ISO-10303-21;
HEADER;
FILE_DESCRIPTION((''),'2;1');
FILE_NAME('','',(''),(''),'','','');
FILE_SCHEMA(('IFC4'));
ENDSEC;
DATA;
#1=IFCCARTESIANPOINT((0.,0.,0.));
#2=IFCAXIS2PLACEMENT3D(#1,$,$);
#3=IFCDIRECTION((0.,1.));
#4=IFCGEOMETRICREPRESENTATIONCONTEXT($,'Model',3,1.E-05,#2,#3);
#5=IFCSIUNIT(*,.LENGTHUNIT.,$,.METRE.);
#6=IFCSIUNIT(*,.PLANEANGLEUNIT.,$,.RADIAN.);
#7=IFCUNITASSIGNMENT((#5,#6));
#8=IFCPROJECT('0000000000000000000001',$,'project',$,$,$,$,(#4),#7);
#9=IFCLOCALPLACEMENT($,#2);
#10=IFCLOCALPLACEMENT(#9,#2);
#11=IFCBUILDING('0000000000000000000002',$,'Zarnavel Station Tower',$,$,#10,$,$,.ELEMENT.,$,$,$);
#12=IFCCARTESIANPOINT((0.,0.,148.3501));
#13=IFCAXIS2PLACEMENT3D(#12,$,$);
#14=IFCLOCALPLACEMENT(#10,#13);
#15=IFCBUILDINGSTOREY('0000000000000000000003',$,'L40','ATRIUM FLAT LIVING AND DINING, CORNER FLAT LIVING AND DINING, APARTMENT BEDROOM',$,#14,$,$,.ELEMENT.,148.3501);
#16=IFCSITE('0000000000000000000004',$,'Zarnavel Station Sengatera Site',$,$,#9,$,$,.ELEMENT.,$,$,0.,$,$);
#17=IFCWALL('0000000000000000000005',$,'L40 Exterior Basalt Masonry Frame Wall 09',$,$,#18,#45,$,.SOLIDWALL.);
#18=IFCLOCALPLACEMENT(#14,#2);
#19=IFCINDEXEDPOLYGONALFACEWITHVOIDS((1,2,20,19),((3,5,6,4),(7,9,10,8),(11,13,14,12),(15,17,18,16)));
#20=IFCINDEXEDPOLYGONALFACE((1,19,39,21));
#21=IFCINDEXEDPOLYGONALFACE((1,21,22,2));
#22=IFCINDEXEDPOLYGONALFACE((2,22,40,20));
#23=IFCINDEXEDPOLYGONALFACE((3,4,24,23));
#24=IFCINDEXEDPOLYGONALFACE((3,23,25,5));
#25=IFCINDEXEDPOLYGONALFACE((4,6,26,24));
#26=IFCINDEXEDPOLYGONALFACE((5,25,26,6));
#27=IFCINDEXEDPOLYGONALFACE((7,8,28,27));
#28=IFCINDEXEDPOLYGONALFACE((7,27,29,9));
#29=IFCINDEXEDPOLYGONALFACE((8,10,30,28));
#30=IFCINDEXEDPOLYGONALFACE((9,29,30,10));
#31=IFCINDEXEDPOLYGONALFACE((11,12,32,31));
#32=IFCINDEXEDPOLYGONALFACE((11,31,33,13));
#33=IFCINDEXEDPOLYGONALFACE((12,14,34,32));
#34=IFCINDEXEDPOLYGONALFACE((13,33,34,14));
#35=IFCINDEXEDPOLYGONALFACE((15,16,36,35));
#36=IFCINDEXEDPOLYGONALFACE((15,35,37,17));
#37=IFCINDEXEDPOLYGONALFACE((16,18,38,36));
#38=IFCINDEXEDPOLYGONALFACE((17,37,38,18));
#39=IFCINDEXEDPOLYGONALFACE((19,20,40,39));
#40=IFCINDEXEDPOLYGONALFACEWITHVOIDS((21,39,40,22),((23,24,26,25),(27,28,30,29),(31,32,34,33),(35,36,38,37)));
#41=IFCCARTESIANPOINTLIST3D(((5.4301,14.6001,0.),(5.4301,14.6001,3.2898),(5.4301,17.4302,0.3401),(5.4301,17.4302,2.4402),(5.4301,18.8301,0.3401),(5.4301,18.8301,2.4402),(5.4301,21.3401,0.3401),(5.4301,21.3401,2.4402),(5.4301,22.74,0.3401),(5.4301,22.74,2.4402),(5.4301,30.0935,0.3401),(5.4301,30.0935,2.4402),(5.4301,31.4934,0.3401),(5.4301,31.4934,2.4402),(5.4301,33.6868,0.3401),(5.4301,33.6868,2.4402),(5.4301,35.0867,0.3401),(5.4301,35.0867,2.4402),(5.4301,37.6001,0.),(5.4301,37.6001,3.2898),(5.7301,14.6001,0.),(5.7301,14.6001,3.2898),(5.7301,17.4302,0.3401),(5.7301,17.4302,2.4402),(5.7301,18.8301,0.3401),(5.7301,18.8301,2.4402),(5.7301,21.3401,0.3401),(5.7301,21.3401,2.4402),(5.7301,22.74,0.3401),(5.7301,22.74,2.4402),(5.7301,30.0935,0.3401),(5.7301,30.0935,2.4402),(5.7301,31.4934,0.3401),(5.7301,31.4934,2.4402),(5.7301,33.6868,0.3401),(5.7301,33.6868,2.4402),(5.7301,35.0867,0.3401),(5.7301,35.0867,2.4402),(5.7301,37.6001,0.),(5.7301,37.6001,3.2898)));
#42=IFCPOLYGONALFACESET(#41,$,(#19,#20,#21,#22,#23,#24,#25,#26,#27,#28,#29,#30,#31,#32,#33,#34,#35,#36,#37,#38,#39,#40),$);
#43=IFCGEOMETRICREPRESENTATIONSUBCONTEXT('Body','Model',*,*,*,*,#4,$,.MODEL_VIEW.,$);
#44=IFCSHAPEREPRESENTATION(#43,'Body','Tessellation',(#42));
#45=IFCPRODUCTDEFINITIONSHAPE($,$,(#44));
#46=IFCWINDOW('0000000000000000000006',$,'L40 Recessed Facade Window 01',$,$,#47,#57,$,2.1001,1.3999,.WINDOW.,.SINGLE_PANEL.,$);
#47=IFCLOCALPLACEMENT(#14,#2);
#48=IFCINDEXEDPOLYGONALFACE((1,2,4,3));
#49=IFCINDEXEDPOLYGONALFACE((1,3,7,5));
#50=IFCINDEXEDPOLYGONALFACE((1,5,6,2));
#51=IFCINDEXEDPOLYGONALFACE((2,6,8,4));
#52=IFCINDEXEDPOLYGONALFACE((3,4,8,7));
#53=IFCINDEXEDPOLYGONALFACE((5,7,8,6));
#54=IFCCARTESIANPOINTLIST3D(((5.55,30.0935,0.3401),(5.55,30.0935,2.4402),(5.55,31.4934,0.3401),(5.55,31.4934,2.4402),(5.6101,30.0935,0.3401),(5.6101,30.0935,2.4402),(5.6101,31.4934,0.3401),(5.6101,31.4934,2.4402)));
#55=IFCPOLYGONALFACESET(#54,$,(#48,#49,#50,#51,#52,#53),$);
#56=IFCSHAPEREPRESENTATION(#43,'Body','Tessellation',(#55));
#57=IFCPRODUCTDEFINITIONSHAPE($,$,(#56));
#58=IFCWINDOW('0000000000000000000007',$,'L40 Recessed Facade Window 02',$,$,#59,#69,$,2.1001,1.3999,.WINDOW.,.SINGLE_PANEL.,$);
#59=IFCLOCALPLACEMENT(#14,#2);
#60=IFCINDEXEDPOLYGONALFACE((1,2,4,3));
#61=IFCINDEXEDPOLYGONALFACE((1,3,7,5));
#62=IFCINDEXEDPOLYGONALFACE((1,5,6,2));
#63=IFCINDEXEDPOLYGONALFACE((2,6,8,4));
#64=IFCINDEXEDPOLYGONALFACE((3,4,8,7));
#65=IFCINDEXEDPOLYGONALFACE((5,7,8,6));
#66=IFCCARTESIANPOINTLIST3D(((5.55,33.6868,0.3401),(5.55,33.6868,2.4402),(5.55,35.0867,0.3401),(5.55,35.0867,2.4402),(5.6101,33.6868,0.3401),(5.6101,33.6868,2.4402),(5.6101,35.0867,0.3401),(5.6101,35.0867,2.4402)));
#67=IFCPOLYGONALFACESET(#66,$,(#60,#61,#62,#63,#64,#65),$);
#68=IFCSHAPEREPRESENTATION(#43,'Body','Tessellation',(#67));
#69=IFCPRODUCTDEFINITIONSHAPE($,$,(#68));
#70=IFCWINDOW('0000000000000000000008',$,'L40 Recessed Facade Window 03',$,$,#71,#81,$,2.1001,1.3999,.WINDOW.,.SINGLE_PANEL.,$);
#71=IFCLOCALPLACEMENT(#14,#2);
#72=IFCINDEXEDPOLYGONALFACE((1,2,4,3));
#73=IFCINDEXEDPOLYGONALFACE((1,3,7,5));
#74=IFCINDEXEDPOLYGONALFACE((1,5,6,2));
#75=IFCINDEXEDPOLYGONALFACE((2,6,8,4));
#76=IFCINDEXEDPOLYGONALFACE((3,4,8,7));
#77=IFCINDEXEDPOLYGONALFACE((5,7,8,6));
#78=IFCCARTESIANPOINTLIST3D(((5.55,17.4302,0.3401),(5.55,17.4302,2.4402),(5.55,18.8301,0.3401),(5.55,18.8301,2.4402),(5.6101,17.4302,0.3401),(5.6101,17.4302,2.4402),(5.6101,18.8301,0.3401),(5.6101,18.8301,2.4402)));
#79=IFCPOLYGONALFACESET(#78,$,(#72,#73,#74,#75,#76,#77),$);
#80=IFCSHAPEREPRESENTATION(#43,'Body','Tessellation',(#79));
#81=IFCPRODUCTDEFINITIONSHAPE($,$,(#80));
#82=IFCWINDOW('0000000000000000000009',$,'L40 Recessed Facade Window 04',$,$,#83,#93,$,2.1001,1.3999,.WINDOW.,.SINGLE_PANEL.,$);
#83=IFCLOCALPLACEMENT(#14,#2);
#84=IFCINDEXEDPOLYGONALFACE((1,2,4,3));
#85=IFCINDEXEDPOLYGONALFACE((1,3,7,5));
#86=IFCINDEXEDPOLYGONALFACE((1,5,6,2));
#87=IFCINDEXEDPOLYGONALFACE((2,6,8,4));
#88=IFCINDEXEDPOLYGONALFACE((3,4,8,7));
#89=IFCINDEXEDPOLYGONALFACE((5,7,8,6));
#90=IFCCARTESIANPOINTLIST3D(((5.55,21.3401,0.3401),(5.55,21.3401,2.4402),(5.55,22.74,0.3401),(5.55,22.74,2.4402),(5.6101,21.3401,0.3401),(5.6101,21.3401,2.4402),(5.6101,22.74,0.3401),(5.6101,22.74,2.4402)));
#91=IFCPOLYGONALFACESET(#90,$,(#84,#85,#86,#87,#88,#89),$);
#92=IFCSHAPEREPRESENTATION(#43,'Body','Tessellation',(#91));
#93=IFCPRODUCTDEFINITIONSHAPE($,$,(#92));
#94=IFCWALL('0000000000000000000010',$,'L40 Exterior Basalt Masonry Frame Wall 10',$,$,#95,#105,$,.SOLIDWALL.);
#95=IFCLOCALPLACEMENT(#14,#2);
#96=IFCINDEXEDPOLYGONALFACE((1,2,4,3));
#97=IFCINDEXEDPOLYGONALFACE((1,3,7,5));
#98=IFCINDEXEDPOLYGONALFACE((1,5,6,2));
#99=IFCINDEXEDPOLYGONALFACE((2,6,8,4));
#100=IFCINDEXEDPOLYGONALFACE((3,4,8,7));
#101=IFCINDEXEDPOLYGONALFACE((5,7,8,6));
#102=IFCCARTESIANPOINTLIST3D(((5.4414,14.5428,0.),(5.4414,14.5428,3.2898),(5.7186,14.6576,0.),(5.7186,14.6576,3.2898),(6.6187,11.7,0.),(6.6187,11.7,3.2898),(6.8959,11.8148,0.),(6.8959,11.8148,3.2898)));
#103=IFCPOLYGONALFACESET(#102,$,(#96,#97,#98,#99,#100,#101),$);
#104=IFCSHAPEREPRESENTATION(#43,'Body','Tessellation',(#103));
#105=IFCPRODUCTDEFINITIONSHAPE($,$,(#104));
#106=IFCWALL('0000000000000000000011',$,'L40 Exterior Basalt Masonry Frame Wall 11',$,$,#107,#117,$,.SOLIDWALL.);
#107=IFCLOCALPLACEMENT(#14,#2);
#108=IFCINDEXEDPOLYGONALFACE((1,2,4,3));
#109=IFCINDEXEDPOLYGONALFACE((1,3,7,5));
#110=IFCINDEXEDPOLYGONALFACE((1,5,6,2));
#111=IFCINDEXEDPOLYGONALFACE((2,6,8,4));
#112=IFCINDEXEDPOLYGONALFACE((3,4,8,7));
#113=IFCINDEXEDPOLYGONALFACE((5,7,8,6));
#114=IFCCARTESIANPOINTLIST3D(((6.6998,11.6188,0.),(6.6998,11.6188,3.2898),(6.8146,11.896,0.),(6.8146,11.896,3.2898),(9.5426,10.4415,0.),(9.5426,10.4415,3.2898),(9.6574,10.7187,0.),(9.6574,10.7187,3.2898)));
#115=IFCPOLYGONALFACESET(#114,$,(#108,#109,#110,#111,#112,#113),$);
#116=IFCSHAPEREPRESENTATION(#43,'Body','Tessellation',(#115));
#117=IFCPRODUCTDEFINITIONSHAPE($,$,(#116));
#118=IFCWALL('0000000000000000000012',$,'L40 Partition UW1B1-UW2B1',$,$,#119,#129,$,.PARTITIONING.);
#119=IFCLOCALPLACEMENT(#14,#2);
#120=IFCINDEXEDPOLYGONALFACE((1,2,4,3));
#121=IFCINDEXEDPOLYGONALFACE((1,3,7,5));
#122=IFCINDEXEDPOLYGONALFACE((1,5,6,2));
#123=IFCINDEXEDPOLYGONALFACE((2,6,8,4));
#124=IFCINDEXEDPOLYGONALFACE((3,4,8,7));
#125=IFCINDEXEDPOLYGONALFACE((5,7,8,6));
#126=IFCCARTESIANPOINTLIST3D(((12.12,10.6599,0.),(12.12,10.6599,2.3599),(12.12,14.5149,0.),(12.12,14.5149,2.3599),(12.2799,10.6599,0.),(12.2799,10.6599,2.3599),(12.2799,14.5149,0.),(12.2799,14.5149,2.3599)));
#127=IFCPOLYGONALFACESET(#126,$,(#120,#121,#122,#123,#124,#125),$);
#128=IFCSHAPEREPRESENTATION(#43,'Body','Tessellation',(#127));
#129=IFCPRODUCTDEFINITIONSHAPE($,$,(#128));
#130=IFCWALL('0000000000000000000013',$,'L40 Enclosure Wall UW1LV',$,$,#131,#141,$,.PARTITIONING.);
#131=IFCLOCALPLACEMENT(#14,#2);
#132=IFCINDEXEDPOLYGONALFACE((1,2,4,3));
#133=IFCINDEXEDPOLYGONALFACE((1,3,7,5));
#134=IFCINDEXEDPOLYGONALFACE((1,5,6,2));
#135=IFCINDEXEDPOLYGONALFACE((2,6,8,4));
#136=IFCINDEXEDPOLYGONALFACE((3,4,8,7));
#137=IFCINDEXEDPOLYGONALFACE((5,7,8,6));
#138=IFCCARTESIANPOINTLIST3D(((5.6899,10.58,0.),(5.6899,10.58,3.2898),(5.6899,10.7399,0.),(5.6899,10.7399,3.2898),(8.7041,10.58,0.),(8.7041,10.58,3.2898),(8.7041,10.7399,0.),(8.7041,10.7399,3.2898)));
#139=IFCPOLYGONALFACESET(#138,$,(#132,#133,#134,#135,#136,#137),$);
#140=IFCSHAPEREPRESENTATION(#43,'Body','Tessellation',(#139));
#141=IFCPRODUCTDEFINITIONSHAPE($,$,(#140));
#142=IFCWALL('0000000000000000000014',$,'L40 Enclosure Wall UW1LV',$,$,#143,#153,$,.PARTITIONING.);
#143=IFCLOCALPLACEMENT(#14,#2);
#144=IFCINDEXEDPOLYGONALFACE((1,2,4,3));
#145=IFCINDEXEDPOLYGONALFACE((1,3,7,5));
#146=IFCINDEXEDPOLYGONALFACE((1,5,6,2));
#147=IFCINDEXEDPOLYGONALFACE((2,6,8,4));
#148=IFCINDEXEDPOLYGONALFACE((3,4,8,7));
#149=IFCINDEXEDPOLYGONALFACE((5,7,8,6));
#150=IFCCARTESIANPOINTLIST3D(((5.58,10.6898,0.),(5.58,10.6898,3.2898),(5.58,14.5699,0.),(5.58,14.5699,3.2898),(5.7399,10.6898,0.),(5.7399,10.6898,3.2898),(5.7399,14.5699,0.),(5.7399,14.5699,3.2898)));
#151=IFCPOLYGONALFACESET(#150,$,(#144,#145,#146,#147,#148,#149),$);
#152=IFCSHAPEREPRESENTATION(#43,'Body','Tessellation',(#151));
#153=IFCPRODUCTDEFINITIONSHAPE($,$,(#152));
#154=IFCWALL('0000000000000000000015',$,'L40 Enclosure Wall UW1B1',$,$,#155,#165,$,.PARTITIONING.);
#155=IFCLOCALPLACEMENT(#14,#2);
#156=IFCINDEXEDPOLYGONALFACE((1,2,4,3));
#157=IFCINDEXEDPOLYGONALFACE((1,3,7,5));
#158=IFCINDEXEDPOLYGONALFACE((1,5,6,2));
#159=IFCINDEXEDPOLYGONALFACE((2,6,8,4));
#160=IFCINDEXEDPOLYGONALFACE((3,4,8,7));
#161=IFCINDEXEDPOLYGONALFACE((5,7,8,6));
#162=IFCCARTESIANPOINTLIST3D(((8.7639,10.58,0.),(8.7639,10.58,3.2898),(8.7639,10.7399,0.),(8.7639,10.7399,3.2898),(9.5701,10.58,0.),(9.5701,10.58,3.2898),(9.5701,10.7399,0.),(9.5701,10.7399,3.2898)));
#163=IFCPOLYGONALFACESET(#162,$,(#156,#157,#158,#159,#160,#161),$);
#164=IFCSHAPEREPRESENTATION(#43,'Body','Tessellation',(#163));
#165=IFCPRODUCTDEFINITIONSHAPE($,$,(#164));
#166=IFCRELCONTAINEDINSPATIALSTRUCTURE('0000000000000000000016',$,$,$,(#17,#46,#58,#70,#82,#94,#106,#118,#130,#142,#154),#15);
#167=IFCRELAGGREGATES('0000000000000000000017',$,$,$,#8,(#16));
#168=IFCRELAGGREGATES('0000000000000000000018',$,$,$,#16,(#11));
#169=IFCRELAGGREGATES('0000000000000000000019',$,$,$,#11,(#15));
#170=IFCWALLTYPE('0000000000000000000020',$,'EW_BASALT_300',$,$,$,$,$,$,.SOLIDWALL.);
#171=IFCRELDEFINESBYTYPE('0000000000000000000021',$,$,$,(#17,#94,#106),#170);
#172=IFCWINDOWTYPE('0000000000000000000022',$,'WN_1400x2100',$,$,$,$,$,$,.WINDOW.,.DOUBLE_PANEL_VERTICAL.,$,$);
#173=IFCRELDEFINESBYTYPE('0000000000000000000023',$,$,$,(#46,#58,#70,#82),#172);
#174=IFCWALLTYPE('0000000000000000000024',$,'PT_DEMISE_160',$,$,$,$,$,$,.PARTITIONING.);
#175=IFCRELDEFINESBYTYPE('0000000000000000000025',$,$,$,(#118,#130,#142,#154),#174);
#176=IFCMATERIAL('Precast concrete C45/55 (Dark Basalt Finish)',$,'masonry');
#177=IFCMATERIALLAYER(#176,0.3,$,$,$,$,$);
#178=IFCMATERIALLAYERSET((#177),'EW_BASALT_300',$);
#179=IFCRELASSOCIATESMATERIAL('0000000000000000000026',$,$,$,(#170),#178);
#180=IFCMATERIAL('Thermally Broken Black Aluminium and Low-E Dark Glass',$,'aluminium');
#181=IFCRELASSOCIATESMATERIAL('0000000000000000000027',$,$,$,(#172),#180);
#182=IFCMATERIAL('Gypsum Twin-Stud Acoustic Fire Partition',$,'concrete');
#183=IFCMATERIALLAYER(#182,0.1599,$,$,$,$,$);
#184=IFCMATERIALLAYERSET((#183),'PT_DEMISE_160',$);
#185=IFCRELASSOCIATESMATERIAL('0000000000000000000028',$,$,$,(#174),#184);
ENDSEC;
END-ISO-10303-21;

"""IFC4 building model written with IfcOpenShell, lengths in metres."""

from ifc_helpers import new_model, si_unit, direction, frame, frame_2d, origin, place, context, subcontext, project, spatial, rectangle, extrude, material, layer, layer_set, type_object, element, fill, save


model = new_model("IFC4")

# Units and contexts
model_context = context("Model", 3, precision=1e-05, world=origin(), true_north=direction((0.0, 1.0)))
body_context = subcontext(model_context, "Body", "Model", "MODEL_VIEW")
ifc_project = project(units=[si_unit("LENGTHUNIT", "METRE"), si_unit("PLANEANGLEUNIT", "RADIAN")], contexts=[model_context])

# Site, building, storey
site_placement = place(None, origin())
site = spatial("IfcSite", under=ifc_project, at=site_placement, Name="Zarnavel Station Sengatera Site", CompositionType="ELEMENT", RefElevation=0.0)
building_placement = place(site_placement, origin())
building = spatial("IfcBuilding", under=site, at=building_placement, Name="Zarnavel Station Tower", CompositionType="ELEMENT")
storey_placement = place(building_placement, frame((0.0, 0.0, 148.3501)))
storey = spatial("IfcBuildingStorey", under=building, at=storey_placement, Name="L40", Description="ATRIUM FLAT LIVING AND DINING, CORNER FLAT LIVING AND DINING, APARTMENT BEDROOM", CompositionType="ELEMENT", Elevation=148.3501)

# Wall, openings, windows
ifc_material_1 = material(Name="Precast concrete C45/55 (Dark Basalt Finish)", Category="masonry")
ifc_layer_1 = layer(ifc_material_1, 0.3)
ifc_layer_set_1 = layer_set([ifc_layer_1], Name="EW_BASALT_300")
wall_type_1 = type_object("IfcWallType", Name="EW_BASALT_300", PredefinedType="SOLIDWALL", material=ifc_layer_set_1)
wall_1_placement = place(storey_placement, frame((5.5801, 14.6001, 0.0), z_axis=(0.0, 0.0, 1.0), x_axis=(0.0, 1.0, 0.0)))
wall_1 = element("IfcWall", 1, at=wall_1_placement, inside=storey, type_object=wall_type_1, Name="L40 Exterior Basalt Masonry Frame Wall 09", PredefinedType="SOLIDWALL", context=body_context, shape_type="SweptSolid", body=[
    extrude(rectangle(XDim=23.0, YDim=0.3, at=frame_2d((11.5, 0.0))), origin(), (0.0, 0.0, 1.0), 3.2898),
])
opening_1_placement = place(wall_1_placement, frame((15.4934, 0.0, 0.3401)))
opening_1 = element("IfcOpeningElement", 2, at=opening_1_placement, cuts=wall_1, PredefinedType="OPENING", context=body_context, shape_type="SweptSolid", body=[
    extrude(rectangle(XDim=1.3999, YDim=2.1001, at=frame_2d((0.7, 1.05))), frame((0.0, 0.1599, 0.0), z_axis=(0.0, -1.0, 0.0), x_axis=(1.0, 0.0, 0.0)), (0.0, 0.0, 1.0), 0.3201),
])
opening_2_placement = place(wall_1_placement, frame((19.0867, 0.0, 0.3401)))
opening_2 = element("IfcOpeningElement", 3, at=opening_2_placement, cuts=wall_1, PredefinedType="OPENING", context=body_context, shape_type="SweptSolid", body=[
    extrude(rectangle(XDim=1.3999, YDim=2.1001, at=frame_2d((0.7, 1.05))), frame((0.0, 0.1599, 0.0), z_axis=(0.0, -1.0, 0.0), x_axis=(1.0, 0.0, 0.0)), (0.0, 0.0, 1.0), 0.3201),
])
opening_3_placement = place(wall_1_placement, frame((2.8301, 0.0, 0.3401)))
opening_3 = element("IfcOpeningElement", 4, at=opening_3_placement, cuts=wall_1, PredefinedType="OPENING", context=body_context, shape_type="SweptSolid", body=[
    extrude(rectangle(XDim=1.3999, YDim=2.1001, at=frame_2d((0.7, 1.05))), frame((0.0, 0.1599, 0.0), z_axis=(0.0, -1.0, 0.0), x_axis=(1.0, 0.0, 0.0)), (0.0, 0.0, 1.0), 0.3201),
])
opening_4_placement = place(wall_1_placement, frame((6.74, 0.0, 0.3401)))
opening_4 = element("IfcOpeningElement", 5, at=opening_4_placement, cuts=wall_1, PredefinedType="OPENING", context=body_context, shape_type="SweptSolid", body=[
    extrude(rectangle(XDim=1.3999, YDim=2.1001, at=frame_2d((0.7, 1.05))), frame((0.0, 0.1599, 0.0), z_axis=(0.0, -1.0, 0.0), x_axis=(1.0, 0.0, 0.0)), (0.0, 0.0, 1.0), 0.3201),
])
ifc_material_2 = material(Name="Thermally Broken Black Aluminium and Low-E Dark Glass", Category="aluminium")
window_type = type_object("IfcWindowType", Name="WN_1400x2100", PartitioningType="DOUBLE_PANEL_VERTICAL", PredefinedType="WINDOW", material=ifc_material_2)
window_1_placement = place(opening_1_placement, origin())
window_1 = element("IfcWindow", 6, at=window_1_placement, inside=storey, type_object=window_type, Name="L40 Recessed Facade Window 01", OverallHeight=2.1001, OverallWidth=1.3999, PartitioningType="SINGLE_PANEL", PredefinedType="WINDOW", context=body_context, shape_type="SweptSolid", body=[
    extrude(rectangle(XDim=1.3999, YDim=2.1001, at=frame_2d((0.7, 1.05))), frame((0.0, 0.03, 0.0), z_axis=(0.0, -1.0, 0.0), x_axis=(1.0, 0.0, 0.0)), (0.0, 0.0, 1.0), 0.0601),
])
fill(opening_1, window_1)
window_2_placement = place(opening_2_placement, origin())
window_2 = element("IfcWindow", 7, at=window_2_placement, inside=storey, type_object=window_type, Name="L40 Recessed Facade Window 02", OverallHeight=2.1001, OverallWidth=1.3999, PartitioningType="SINGLE_PANEL", PredefinedType="WINDOW", context=body_context, shape_type="SweptSolid", body=[
    extrude(rectangle(XDim=1.3999, YDim=2.1001, at=frame_2d((0.7, 1.05))), frame((0.0, 0.03, 0.0), z_axis=(0.0, -1.0, 0.0), x_axis=(1.0, 0.0, 0.0)), (0.0, 0.0, 1.0), 0.0601),
])
fill(opening_2, window_2)
window_3_placement = place(opening_3_placement, origin())
window_3 = element("IfcWindow", 8, at=window_3_placement, inside=storey, type_object=window_type, Name="L40 Recessed Facade Window 03", OverallHeight=2.1001, OverallWidth=1.3999, PartitioningType="SINGLE_PANEL", PredefinedType="WINDOW", context=body_context, shape_type="SweptSolid", body=[
    extrude(rectangle(XDim=1.3999, YDim=2.1001, at=frame_2d((0.7, 1.05))), frame((0.0, 0.03, 0.0), z_axis=(0.0, -1.0, 0.0), x_axis=(1.0, 0.0, 0.0)), (0.0, 0.0, 1.0), 0.0601),
])
fill(opening_3, window_3)
window_4_placement = place(opening_4_placement, origin())
window_4 = element("IfcWindow", 9, at=window_4_placement, inside=storey, type_object=window_type, Name="L40 Recessed Facade Window 04", OverallHeight=2.1001, OverallWidth=1.3999, PartitioningType="SINGLE_PANEL", PredefinedType="WINDOW", context=body_context, shape_type="SweptSolid", body=[
    extrude(rectangle(XDim=1.3999, YDim=2.1001, at=frame_2d((0.7, 1.05))), frame((0.0, 0.03, 0.0), z_axis=(0.0, -1.0, 0.0), x_axis=(1.0, 0.0, 0.0)), (0.0, 0.0, 1.0), 0.0601),
])
fill(opening_4, window_4)

# Walls
for number, where, z_axis, x_axis, name in (
    (10, (6.7573, 11.7573, 0.0), (0.0, 0.0, 1.0), (-0.382609, 0.92391, 0.0), "L40 Exterior Basalt Masonry Frame Wall 10"),
    (11, (9.6001, 10.5801, 0.0), (0.0, 0.0, 1.0), (-0.92391, 0.382609, 0.0), "L40 Exterior Basalt Masonry Frame Wall 11"),
):
    element("IfcWall", number, at=place(storey_placement, frame(where, z_axis=z_axis, x_axis=x_axis)), inside=storey, type_object=wall_type_1, Name=name, PredefinedType="SOLIDWALL", context=body_context, shape_type="SweptSolid", body=[
        extrude(rectangle(XDim=3.0769, YDim=0.3, at=frame_2d((1.5386, 0.0))), origin(), (0.0, 0.0, 1.0), 3.2898),
    ])
ifc_material_3 = material(Name="Gypsum Twin-Stud Acoustic Fire Partition", Category="concrete")
ifc_layer_2 = layer(ifc_material_3, 0.1599)
ifc_layer_set_2 = layer_set([ifc_layer_2], Name="PT_DEMISE_160")
wall_type_2 = type_object("IfcWallType", Name="PT_DEMISE_160", PredefinedType="PARTITIONING", material=ifc_layer_set_2)
wall_2_placement = place(storey_placement, frame((12.2, 10.6599, 0.0), z_axis=(0.0, 0.0, 1.0), x_axis=(0.0, 1.0, 0.0)))
element("IfcWall", 12, at=wall_2_placement, inside=storey, type_object=wall_type_2, Name="L40 Partition UW1B1-UW2B1", PredefinedType="PARTITIONING", context=body_context, shape_type="SweptSolid", body=[
    extrude(rectangle(XDim=3.855, YDim=0.1599, at=frame_2d((1.9275, 0.0))), origin(), (0.0, 0.0, 1.0), 2.3599),
])
wall_3_placement = place(storey_placement, frame((5.6899, 10.6599, 0.0), z_axis=(0.0, 0.0, 1.0), x_axis=(1.0, 0.0, 0.0)))
element("IfcWall", 13, at=wall_3_placement, inside=storey, type_object=wall_type_2, Name="L40 Enclosure Wall UW1LV", PredefinedType="PARTITIONING", context=body_context, shape_type="SweptSolid", body=[
    extrude(rectangle(XDim=3.0142, YDim=0.1599, at=frame_2d((1.5071, 0.0))), origin(), (0.0, 0.0, 1.0), 3.2898),
])
wall_4_placement = place(storey_placement, frame((5.6599, 10.6899, 0.0), z_axis=(0.0, 0.0, 1.0), x_axis=(0.0, 1.0, 0.0)))
element("IfcWall", 14, at=wall_4_placement, inside=storey, type_object=wall_type_2, Name="L40 Enclosure Wall UW1LV", PredefinedType="PARTITIONING", context=body_context, shape_type="SweptSolid", body=[
    extrude(rectangle(XDim=3.8801, YDim=0.1599, at=frame_2d((1.9399, 0.0))), origin(), (0.0, 0.0, 1.0), 3.2898),
])
wall_5_placement = place(storey_placement, frame((8.7639, 10.6599, 0.0), z_axis=(0.0, 0.0, 1.0), x_axis=(1.0, 0.0, 0.0)))
element("IfcWall", 15, at=wall_5_placement, inside=storey, type_object=wall_type_2, Name="L40 Enclosure Wall UW1B1", PredefinedType="PARTITIONING", context=body_context, shape_type="SweptSolid", body=[
    extrude(rectangle(XDim=0.8062, YDim=0.1599, at=frame_2d((0.4031, 0.0))), origin(), (0.0, 0.0, 1.0), 3.2898),
])

save(model, "model.ifc")
